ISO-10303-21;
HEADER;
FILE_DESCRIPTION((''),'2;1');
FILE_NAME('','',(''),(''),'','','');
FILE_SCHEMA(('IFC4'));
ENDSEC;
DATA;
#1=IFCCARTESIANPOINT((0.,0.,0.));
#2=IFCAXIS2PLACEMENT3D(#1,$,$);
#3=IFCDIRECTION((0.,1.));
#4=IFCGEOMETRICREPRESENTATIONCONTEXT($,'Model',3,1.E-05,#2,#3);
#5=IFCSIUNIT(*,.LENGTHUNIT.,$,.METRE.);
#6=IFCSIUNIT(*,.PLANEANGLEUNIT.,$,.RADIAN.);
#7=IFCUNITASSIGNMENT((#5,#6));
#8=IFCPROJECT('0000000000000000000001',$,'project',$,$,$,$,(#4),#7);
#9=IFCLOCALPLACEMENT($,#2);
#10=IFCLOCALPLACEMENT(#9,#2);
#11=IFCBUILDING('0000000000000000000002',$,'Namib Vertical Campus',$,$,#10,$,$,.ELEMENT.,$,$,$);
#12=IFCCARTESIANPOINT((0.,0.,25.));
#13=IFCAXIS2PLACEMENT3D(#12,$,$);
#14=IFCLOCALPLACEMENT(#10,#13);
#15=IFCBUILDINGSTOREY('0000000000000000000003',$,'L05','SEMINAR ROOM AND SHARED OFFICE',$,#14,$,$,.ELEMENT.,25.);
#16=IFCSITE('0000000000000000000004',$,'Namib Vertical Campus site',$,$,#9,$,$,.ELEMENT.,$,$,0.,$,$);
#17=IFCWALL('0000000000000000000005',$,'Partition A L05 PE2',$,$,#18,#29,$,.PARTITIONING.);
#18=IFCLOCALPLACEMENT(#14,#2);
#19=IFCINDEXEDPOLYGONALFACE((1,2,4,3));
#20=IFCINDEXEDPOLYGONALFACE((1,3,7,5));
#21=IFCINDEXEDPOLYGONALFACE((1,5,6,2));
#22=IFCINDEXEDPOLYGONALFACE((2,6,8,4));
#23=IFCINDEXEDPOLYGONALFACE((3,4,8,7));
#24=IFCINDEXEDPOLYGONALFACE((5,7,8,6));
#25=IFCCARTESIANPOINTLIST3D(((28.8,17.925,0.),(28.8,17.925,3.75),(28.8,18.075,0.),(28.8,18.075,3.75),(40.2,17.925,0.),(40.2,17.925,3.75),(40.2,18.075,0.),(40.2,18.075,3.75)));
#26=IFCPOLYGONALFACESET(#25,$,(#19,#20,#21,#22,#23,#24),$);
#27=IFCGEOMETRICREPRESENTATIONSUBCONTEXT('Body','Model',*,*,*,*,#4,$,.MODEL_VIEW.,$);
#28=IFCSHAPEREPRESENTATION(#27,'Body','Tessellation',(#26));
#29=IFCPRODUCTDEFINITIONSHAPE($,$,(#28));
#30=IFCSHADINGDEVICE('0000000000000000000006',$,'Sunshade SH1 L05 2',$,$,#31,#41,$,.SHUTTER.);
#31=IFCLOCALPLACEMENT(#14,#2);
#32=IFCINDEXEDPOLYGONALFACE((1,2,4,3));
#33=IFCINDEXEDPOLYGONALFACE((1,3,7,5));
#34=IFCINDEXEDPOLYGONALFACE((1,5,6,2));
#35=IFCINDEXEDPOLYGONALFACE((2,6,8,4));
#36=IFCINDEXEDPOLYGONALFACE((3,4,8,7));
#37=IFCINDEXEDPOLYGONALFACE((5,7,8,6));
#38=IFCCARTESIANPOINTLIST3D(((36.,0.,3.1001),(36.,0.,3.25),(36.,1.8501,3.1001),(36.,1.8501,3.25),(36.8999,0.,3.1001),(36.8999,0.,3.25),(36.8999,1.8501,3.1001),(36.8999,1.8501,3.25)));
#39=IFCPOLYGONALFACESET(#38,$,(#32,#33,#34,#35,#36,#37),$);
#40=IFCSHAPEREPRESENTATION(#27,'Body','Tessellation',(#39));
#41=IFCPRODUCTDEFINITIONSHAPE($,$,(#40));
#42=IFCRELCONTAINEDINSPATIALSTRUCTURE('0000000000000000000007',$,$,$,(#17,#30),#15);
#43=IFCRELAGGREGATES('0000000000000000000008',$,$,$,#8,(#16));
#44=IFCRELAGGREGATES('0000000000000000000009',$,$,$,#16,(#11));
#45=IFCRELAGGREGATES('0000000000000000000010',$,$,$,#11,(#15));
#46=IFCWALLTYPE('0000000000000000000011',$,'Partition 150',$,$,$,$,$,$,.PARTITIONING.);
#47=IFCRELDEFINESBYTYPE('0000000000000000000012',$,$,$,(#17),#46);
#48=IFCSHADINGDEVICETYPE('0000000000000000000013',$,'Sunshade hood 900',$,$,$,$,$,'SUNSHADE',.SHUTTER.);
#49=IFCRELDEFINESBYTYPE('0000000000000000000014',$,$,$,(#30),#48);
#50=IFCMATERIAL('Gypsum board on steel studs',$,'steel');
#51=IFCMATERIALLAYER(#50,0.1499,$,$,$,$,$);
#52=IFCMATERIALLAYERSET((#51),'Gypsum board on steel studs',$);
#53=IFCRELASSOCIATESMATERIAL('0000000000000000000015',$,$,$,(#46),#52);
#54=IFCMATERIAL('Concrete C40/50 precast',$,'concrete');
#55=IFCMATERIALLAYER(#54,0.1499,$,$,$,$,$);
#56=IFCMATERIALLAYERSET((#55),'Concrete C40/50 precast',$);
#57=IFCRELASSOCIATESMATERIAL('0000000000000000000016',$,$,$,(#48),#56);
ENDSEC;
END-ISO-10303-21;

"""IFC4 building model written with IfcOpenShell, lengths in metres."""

from ifc_helpers import new_model, si_unit, direction, frame, frame_2d, origin, origin_2d, place, context, subcontext, project, spatial, rectangle, extrude, material, layer, layer_set, type_object, element, save


model = new_model("IFC4")

# Units and contexts
model_context = context("Model", 3, precision=1e-05, world=origin(), true_north=direction((0.0, 1.0)))
body_context = subcontext(model_context, "Body", "Model", "MODEL_VIEW")
ifc_project = project(units=[si_unit("LENGTHUNIT", "METRE"), si_unit("PLANEANGLEUNIT", "RADIAN")], contexts=[model_context])

# Site, building, storey
site_placement = place(None, origin())
site = spatial("IfcSite", under=ifc_project, at=site_placement, Name="Namib Vertical Campus site", CompositionType="ELEMENT", RefElevation=0.0)
building_placement = place(site_placement, origin())
building = spatial("IfcBuilding", under=site, at=building_placement, Name="Namib Vertical Campus", CompositionType="ELEMENT")
storey_placement = place(building_placement, frame((0.0, 0.0, 25.0)))
storey = spatial("IfcBuildingStorey", under=building, at=storey_placement, Name="L05", Description="SEMINAR ROOM AND SHARED OFFICE", CompositionType="ELEMENT", Elevation=25.0)

# Wall
ifc_material_1 = material(Name="Gypsum board on steel studs", Category="steel")
ifc_layer_1 = layer(ifc_material_1, 0.1499)
ifc_layer_set_1 = layer_set([ifc_layer_1], Name="Gypsum board on steel studs")
wall_type_1 = type_object("IfcWallType", Name="Partition 150", PredefinedType="PARTITIONING", material=ifc_layer_set_1)
for number, where, z_axis, x_axis, name in (
    (1, (28.8, 18.0, 0.0), (0.0, 0.0, 1.0), (1.0, 0.0, 0.0), "Partition A L05 PE2"),
):
    element("IfcWall", number, at=place(storey_placement, frame(where, z_axis=z_axis, x_axis=x_axis)), inside=storey, type_object=wall_type_1, Name=name, PredefinedType="PARTITIONING", context=body_context, shape_type="SweptSolid", body=[
        extrude(rectangle(XDim=11.3999, YDim=0.1499, at=frame_2d((5.7, 0.0))), origin(), (0.0, 0.0, 1.0), 3.75),
    ])

# Shading device
ifc_material_2 = material(Name="Concrete C40/50 precast", Category="concrete")
ifc_layer_2 = layer(ifc_material_2, 0.1499)
ifc_layer_set_2 = layer_set([ifc_layer_2], Name="Concrete C40/50 precast")
shading_device_type = type_object("IfcShadingDeviceType", Name="Sunshade hood 900", ElementType="SUNSHADE", PredefinedType="SHUTTER", material=ifc_layer_set_2)
shading_device_placement = place(storey_placement, frame((36.45, 0.925, 3.1001), z_axis=(0.0, 0.0, 1.0), x_axis=(0.0, 1.0, 0.0)))
element("IfcShadingDevice", 2, at=shading_device_placement, inside=storey, type_object=shading_device_type, Name="Sunshade SH1 L05 2", PredefinedType="SHUTTER", context=body_context, shape_type="SweptSolid", body=[
    extrude(rectangle(XDim=1.8501, YDim=0.8999, at=origin_2d()), origin(), (0.0, 0.0, 1.0), 0.1499),
])

save(model, "model.ifc")
